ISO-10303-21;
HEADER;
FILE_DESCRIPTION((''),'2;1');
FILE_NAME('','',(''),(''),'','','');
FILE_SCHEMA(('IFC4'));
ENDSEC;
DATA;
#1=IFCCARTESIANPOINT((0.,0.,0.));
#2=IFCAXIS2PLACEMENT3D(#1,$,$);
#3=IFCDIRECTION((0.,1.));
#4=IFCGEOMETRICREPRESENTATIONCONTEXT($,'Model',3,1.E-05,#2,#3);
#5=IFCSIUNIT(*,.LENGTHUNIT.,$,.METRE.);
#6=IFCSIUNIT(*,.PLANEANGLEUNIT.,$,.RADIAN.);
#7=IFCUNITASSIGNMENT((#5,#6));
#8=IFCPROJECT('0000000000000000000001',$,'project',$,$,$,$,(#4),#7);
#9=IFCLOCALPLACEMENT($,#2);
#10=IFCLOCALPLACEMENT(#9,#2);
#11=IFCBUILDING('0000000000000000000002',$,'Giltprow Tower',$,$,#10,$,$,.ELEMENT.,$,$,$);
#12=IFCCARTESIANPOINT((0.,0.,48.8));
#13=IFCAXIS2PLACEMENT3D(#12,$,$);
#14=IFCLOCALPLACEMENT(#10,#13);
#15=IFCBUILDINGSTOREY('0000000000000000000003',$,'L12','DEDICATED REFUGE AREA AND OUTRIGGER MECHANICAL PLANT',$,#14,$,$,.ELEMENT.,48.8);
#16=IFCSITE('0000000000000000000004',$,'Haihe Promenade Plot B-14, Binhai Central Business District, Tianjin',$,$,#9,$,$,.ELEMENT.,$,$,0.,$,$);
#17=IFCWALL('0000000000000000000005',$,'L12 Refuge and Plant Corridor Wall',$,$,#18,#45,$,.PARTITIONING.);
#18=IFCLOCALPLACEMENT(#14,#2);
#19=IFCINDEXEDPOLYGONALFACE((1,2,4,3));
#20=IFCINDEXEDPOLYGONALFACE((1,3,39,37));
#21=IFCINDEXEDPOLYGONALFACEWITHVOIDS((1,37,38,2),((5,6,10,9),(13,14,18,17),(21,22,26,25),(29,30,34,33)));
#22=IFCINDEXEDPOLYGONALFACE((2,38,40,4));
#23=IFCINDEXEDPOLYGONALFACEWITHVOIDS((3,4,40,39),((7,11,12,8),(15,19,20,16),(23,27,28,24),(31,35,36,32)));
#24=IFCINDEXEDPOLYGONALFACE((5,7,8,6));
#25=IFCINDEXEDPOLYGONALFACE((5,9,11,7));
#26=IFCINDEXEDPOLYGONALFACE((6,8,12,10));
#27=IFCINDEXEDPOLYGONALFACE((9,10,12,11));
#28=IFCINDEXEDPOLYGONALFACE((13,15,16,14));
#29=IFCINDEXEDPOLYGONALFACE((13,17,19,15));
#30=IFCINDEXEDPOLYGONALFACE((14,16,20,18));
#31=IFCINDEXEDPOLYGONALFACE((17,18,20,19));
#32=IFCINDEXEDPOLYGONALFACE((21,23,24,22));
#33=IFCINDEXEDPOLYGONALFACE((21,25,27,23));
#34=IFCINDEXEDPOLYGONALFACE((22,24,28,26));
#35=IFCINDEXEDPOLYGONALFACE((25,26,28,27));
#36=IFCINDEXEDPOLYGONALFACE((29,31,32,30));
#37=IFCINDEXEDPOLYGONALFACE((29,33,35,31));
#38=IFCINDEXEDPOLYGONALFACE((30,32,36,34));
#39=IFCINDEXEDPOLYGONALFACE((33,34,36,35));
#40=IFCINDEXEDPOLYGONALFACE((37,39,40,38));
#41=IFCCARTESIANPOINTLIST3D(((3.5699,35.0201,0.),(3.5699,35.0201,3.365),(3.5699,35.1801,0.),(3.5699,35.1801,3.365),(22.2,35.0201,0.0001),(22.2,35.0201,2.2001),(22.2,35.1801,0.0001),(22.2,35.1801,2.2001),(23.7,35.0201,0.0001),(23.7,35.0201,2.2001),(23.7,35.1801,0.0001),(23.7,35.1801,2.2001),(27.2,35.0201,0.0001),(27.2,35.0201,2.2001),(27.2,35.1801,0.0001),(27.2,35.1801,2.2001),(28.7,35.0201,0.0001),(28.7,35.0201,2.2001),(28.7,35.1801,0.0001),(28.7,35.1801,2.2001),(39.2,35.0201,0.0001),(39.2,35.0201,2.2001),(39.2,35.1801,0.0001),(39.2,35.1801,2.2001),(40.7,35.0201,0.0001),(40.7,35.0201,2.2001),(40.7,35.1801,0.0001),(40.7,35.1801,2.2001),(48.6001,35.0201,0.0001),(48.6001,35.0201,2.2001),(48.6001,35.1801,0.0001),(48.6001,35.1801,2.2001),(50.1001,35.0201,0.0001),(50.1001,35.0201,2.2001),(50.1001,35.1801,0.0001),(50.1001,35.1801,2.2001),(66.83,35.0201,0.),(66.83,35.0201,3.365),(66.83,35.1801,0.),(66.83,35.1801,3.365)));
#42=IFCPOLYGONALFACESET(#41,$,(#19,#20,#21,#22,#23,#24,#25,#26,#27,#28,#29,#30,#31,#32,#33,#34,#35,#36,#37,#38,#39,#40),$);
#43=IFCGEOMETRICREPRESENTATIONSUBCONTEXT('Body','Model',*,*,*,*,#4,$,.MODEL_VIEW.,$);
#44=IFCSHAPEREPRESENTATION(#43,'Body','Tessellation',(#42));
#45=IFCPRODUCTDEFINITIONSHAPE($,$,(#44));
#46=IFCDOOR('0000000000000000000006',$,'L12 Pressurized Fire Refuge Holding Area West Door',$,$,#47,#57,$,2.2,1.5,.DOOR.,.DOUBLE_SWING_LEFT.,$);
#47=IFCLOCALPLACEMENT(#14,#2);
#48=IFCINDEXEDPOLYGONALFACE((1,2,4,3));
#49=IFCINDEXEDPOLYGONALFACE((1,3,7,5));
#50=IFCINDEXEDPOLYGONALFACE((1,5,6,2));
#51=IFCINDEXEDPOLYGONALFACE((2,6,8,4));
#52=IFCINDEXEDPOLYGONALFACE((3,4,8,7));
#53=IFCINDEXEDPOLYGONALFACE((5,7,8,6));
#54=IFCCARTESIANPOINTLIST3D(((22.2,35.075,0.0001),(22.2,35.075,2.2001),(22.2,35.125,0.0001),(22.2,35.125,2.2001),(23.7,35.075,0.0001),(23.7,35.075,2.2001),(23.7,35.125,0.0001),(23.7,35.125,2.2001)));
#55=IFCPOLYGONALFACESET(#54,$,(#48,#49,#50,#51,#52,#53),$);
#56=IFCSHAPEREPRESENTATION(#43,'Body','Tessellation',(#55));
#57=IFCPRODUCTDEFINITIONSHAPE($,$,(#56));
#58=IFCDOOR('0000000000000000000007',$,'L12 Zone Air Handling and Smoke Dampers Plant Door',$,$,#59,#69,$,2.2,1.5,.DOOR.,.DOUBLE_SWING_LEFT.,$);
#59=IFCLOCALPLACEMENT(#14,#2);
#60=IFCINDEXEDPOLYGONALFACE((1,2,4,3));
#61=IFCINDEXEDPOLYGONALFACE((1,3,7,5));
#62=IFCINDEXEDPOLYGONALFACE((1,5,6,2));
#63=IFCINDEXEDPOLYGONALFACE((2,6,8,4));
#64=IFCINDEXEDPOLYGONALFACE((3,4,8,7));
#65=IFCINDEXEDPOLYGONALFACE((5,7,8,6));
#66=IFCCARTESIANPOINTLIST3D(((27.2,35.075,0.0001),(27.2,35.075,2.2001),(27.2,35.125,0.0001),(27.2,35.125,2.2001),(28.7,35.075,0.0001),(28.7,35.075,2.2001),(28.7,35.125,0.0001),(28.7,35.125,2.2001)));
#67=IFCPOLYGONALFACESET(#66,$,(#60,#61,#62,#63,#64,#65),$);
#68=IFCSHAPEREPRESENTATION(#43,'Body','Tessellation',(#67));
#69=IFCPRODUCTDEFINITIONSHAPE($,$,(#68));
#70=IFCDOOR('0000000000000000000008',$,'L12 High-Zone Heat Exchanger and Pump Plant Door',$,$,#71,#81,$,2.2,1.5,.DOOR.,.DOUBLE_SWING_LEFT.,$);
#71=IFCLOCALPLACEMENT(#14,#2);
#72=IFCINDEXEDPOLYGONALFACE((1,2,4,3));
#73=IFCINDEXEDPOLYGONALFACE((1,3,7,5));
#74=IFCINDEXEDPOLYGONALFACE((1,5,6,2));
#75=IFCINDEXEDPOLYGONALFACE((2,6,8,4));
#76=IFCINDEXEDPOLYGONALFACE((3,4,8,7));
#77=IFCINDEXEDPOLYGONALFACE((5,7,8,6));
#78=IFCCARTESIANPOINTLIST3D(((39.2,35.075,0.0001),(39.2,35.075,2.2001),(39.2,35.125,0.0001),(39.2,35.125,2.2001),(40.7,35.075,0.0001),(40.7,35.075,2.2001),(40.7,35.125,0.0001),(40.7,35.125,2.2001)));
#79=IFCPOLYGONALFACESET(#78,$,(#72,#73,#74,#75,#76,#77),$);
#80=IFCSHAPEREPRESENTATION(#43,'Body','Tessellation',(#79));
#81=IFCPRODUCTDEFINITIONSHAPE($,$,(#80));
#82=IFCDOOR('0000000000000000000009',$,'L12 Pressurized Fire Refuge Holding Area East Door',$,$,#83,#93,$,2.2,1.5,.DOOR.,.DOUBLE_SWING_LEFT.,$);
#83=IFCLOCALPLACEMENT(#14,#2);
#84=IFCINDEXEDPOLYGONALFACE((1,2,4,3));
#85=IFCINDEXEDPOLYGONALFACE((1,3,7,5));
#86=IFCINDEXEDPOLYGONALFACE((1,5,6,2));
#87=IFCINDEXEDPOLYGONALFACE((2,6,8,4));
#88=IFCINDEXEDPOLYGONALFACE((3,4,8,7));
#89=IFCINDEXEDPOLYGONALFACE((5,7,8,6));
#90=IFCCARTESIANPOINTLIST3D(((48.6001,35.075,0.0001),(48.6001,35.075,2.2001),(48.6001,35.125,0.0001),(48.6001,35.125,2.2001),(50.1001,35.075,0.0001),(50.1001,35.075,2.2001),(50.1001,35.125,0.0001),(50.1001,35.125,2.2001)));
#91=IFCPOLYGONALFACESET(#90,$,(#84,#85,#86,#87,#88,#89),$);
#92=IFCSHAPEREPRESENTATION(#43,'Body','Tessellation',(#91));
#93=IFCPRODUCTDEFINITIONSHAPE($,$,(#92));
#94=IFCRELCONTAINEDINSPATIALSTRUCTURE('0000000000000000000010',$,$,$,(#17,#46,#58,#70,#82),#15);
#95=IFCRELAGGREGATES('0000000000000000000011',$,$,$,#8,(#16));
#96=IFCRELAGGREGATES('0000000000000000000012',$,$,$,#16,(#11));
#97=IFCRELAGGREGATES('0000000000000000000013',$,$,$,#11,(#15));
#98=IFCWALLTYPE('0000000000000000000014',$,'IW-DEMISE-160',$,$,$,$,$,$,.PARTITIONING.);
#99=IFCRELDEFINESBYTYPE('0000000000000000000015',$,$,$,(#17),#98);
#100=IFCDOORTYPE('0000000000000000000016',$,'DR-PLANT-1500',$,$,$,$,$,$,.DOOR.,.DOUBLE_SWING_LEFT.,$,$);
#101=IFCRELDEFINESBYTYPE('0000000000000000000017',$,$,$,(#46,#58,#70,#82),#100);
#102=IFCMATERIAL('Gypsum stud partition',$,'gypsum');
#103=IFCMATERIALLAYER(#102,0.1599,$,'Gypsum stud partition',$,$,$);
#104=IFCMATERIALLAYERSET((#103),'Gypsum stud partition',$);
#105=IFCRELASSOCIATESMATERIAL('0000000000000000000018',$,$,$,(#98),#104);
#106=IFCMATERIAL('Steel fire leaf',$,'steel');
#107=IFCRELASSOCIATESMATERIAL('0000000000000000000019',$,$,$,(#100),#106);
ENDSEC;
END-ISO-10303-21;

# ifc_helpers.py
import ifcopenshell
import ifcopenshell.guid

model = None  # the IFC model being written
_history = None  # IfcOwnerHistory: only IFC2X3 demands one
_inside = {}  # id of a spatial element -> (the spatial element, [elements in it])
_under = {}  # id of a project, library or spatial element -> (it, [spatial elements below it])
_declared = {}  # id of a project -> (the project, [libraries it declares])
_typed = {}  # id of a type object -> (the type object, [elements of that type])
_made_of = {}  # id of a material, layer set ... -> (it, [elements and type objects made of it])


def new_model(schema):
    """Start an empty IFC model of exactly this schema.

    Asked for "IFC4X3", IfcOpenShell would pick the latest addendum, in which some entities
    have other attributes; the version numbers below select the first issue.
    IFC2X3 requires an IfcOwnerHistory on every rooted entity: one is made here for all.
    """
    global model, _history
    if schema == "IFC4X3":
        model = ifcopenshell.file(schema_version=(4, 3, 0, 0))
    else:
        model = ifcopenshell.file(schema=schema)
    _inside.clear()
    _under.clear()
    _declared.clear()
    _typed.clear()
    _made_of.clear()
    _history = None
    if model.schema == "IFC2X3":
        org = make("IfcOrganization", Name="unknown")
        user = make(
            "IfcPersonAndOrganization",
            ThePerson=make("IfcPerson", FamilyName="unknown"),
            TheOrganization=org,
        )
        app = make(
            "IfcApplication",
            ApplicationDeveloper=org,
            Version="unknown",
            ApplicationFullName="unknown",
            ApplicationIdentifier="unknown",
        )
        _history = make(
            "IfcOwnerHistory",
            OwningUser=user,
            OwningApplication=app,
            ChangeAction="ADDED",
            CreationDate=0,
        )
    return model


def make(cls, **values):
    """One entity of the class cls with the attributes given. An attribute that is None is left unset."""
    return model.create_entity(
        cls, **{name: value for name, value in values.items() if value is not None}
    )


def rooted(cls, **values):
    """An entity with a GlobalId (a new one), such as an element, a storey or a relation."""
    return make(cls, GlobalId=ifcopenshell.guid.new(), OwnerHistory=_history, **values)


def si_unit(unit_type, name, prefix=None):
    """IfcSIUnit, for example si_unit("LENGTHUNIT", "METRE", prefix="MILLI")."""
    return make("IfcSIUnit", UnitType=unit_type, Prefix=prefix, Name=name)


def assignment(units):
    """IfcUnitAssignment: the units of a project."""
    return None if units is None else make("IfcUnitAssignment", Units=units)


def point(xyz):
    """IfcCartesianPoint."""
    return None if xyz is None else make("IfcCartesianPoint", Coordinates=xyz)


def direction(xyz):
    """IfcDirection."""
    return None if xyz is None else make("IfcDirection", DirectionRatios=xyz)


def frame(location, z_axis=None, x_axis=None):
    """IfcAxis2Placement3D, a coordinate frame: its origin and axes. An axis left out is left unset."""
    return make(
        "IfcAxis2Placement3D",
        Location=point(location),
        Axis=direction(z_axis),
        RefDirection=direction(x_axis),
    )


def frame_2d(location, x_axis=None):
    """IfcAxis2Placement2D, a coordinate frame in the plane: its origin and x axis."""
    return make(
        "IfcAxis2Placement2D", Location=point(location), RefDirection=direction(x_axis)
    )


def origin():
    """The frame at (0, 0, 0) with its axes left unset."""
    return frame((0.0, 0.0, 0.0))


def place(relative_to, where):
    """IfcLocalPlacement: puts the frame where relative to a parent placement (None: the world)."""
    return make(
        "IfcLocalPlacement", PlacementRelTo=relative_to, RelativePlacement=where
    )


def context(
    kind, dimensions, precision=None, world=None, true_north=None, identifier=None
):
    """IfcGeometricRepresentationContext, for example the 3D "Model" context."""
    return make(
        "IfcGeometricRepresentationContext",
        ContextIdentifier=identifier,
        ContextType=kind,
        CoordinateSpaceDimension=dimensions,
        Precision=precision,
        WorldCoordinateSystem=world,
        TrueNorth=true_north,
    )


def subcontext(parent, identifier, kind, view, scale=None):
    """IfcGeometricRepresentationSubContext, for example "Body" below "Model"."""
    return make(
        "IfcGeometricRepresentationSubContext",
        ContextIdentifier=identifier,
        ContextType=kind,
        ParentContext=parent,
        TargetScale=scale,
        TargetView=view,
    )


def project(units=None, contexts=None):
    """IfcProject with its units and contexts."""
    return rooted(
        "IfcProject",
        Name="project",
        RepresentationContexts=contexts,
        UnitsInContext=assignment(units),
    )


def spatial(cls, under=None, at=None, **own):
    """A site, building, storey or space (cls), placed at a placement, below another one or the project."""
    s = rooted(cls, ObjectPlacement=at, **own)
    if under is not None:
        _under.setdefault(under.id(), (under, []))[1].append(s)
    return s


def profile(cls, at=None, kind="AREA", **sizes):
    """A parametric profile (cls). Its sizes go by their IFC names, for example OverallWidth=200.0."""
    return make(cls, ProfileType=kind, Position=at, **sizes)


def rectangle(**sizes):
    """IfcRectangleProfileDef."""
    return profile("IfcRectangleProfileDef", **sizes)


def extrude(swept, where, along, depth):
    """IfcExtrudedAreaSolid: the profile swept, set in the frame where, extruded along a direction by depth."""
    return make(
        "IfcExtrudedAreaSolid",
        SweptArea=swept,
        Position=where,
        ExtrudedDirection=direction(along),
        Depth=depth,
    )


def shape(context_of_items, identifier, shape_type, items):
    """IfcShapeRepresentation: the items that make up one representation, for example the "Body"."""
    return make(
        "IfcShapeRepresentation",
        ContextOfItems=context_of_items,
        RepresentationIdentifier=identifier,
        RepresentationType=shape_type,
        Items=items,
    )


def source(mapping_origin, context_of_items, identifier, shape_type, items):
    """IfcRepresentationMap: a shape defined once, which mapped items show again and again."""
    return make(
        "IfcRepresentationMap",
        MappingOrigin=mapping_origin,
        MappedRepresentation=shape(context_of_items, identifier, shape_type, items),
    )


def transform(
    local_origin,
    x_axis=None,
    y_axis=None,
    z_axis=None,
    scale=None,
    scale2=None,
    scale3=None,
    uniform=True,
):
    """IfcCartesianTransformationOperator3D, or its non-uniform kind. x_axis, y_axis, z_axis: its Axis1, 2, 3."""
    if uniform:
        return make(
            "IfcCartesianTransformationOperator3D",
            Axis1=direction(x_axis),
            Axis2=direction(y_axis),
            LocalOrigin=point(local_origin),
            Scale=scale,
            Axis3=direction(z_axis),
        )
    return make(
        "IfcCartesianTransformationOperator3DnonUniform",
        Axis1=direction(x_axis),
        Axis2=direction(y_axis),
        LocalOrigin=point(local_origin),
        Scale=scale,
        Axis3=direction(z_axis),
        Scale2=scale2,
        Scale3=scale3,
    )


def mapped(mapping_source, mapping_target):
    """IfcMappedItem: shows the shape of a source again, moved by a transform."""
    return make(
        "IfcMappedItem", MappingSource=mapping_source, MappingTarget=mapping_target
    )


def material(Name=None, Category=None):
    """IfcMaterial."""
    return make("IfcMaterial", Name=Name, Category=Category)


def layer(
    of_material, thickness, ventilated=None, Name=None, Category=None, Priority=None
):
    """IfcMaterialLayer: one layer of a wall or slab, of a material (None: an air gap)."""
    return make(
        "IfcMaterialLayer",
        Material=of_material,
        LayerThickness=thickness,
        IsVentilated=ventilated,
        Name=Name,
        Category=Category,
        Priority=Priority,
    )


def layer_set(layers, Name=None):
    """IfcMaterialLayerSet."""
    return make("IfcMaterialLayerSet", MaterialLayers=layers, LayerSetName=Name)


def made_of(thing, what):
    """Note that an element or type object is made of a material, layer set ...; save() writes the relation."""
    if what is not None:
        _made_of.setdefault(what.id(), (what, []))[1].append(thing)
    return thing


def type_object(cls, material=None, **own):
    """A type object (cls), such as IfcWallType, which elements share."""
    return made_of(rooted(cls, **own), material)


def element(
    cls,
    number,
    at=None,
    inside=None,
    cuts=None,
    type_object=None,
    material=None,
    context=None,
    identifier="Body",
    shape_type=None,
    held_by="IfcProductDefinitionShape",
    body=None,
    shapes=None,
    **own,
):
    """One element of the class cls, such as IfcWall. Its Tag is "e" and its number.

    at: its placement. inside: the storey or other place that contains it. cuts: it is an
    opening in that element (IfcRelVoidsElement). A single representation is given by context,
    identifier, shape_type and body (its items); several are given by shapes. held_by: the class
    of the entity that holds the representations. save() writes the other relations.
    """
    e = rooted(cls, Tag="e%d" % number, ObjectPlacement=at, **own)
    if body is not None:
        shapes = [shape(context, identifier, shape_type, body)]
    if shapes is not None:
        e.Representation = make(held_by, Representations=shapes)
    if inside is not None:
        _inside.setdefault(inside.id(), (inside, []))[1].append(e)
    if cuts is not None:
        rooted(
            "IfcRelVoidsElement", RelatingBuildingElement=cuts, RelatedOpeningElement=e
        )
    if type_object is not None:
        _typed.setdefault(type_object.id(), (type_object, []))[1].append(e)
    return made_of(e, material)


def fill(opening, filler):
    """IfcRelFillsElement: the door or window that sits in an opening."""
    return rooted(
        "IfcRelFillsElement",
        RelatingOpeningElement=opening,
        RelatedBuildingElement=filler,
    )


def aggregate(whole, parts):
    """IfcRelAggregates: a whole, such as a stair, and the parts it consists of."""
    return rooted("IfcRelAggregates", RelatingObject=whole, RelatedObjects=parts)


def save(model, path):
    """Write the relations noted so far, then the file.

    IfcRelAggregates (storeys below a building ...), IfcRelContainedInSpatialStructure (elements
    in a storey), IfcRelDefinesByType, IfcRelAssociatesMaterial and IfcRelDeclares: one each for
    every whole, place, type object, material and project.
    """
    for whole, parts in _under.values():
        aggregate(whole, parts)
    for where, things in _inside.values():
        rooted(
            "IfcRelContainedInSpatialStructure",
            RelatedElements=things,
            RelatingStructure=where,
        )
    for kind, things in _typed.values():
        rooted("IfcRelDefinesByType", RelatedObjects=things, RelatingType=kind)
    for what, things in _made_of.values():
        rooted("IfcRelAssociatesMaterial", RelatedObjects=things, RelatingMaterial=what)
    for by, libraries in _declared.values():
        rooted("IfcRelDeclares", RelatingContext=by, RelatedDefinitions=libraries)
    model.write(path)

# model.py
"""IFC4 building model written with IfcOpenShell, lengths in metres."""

from ifc_helpers import new_model, si_unit, direction, frame, frame_2d, origin, place, context, subcontext, project, spatial, rectangle, extrude, source, transform, mapped, material, layer, layer_set, type_object, element, fill, save


model = new_model("IFC4")

# Units and contexts
model_context = context("Model", 3, precision=1e-05, world=origin(), true_north=direction((0.0, 1.0)))
body_context = subcontext(model_context, "Body", "Model", "MODEL_VIEW")
ifc_project = project(units=[si_unit("LENGTHUNIT", "METRE"), si_unit("PLANEANGLEUNIT", "RADIAN")], contexts=[model_context])

# Site, building, storey
site_placement = place(None, origin())
site = spatial("IfcSite", under=ifc_project, at=site_placement, Name="Haihe Promenade Plot B-14, Binhai Central Business District, Tianjin", CompositionType="ELEMENT", RefElevation=0.0)
building_placement = place(site_placement, origin())
building = spatial("IfcBuilding", under=site, at=building_placement, Name="Giltprow Tower", CompositionType="ELEMENT")
storey_placement = place(building_placement, frame((0.0, 0.0, 48.8)))
storey = spatial("IfcBuildingStorey", under=building, at=storey_placement, Name="L12", Description="DEDICATED REFUGE AREA AND OUTRIGGER MECHANICAL PLANT", CompositionType="ELEMENT", Elevation=48.8)

# Wall, openings, doors
ifc_material_1 = material(Name="Gypsum stud partition", Category="gypsum")
ifc_layer_1 = layer(ifc_material_1, 0.1599, Name="Gypsum stud partition")
ifc_layer_set_1 = layer_set([ifc_layer_1], Name="Gypsum stud partition")
wall_type_1 = type_object("IfcWallType", Name="IW-DEMISE-160", PredefinedType="PARTITIONING", material=ifc_layer_set_1)
wall_1_placement = place(storey_placement, frame((3.5701, 35.1001, 0.0), z_axis=(0.0, 0.0, 1.0), x_axis=(1.0, 0.0, 0.0)))
wall_1 = element("IfcWall", 1, at=wall_1_placement, inside=storey, type_object=wall_type_1, Name="L12 Refuge and Plant Corridor Wall", PredefinedType="PARTITIONING", context=body_context, shape_type="SweptSolid", body=[
    extrude(rectangle(XDim=63.26, YDim=0.1599, at=frame_2d((31.6299, 0.0))), origin(), (0.0, 0.0, 1.0), 3.365),
])
opening_1_placement = place(wall_1_placement, frame((18.6299, 0.0, 0.0)))
opening_1 = element("IfcOpeningElement", 2, at=opening_1_placement, cuts=wall_1, PredefinedType="OPENING", context=body_context, shape_type="SweptSolid", body=[
    extrude(rectangle(XDim=1.5, YDim=2.2, at=frame_2d((0.75, 1.1001))), frame((0.0, 0.0898, 0.0), z_axis=(0.0, -1.0, 0.0), x_axis=(1.0, 0.0, 0.0)), (0.0, 0.0, 1.0), 0.1799),
])
opening_2_placement = place(wall_1_placement, frame((23.6299, 0.0, 0.0)))
opening_2 = element("IfcOpeningElement", 3, at=opening_2_placement, cuts=wall_1, PredefinedType="OPENING", context=body_context, shape_type="SweptSolid", body=[
    extrude(rectangle(XDim=1.5, YDim=2.2, at=frame_2d((0.75, 1.1001))), frame((0.0, 0.0898, 0.0), z_axis=(0.0, -1.0, 0.0), x_axis=(1.0, 0.0, 0.0)), (0.0, 0.0, 1.0), 0.1799),
])
opening_3_placement = place(wall_1_placement, frame((35.6299, 0.0, 0.0)))
opening_3 = element("IfcOpeningElement", 4, at=opening_3_placement, cuts=wall_1, PredefinedType="OPENING", context=body_context, shape_type="SweptSolid", body=[
    extrude(rectangle(XDim=1.5, YDim=2.2, at=frame_2d((0.75, 1.1001))), frame((0.0, 0.0898, 0.0), z_axis=(0.0, -1.0, 0.0), x_axis=(1.0, 0.0, 0.0)), (0.0, 0.0, 1.0), 0.1799),
])
opening_4_placement = place(wall_1_placement, frame((45.03, 0.0, 0.0)))
opening_4 = element("IfcOpeningElement", 5, at=opening_4_placement, cuts=wall_1, PredefinedType="OPENING", context=body_context, shape_type="SweptSolid", body=[
    extrude(rectangle(XDim=1.5, YDim=2.2, at=frame_2d((0.75, 1.1001))), frame((0.0, 0.0898, 0.0), z_axis=(0.0, -1.0, 0.0), x_axis=(1.0, 0.0, 0.0)), (0.0, 0.0, 1.0), 0.1799),
])
ifc_material_2 = material(Name="Steel fire leaf", Category="steel")
door_type_1 = type_object("IfcDoorType", Name="DR-PLANT-1500", OperationType="DOUBLE_SWING_LEFT", PredefinedType="DOOR", material=ifc_material_2)
shared_shape_1 = source(origin(), body_context, "Body", "SweptSolid", [
    extrude(rectangle(XDim=1.5, YDim=2.2, at=frame_2d((0.75, 1.1001))), frame((0.0, 0.0249, 0.0), z_axis=(0.0, -1.0, 0.0), x_axis=(1.0, 0.0, 0.0)), (0.0, 0.0, 1.0), 0.05),
])
door_1_placement = place(opening_1_placement, origin())
door_1 = element("IfcDoor", 6, at=door_1_placement, inside=storey, type_object=door_type_1, Name="L12 Pressurized Fire Refuge Holding Area West Door", OperationType="DOUBLE_SWING_LEFT", OverallHeight=2.2, OverallWidth=1.5, PredefinedType="DOOR", context=body_context, shape_type="MappedRepresentation", body=[
    mapped(shared_shape_1, transform((0.0, 0.0, 0.0), x_axis=(1.0, 0.0, 0.0), y_axis=(0.0, 1.0, 0.0), z_axis=(0.0, 0.0, 1.0), scale=1.0)),
])
fill(opening_1, door_1)
door_2_placement = place(opening_2_placement, origin())
door_2 = element("IfcDoor", 7, at=door_2_placement, inside=storey, type_object=door_type_1, Name="L12 Zone Air Handling and Smoke Dampers Plant Door", OperationType="DOUBLE_SWING_LEFT", OverallHeight=2.2, OverallWidth=1.5, PredefinedType="DOOR", context=body_context, shape_type="MappedRepresentation", body=[
    mapped(shared_shape_1, transform((0.0, 0.0, 0.0), x_axis=(1.0, 0.0, 0.0), y_axis=(0.0, 1.0, 0.0), z_axis=(0.0, 0.0, 1.0), scale=1.0)),
])
fill(opening_2, door_2)
door_3_placement = place(opening_3_placement, origin())
door_3 = element("IfcDoor", 8, at=door_3_placement, inside=storey, type_object=door_type_1, Name="L12 High-Zone Heat Exchanger and Pump Plant Door", OperationType="DOUBLE_SWING_LEFT", OverallHeight=2.2, OverallWidth=1.5, PredefinedType="DOOR", context=body_context, shape_type="MappedRepresentation", body=[
    mapped(shared_shape_1, transform((0.0, 0.0, 0.0), x_axis=(1.0, 0.0, 0.0), y_axis=(0.0, 1.0, 0.0), z_axis=(0.0, 0.0, 1.0), scale=1.0)),
])
fill(opening_3, door_3)
door_4_placement = place(opening_4_placement, origin())
door_4 = element("IfcDoor", 9, at=door_4_placement, inside=storey, type_object=door_type_1, Name="L12 Pressurized Fire Refuge Holding Area East Door", OperationType="DOUBLE_SWING_LEFT", OverallHeight=2.2, OverallWidth=1.5, PredefinedType="DOOR", context=body_context, shape_type="MappedRepresentation", body=[
    mapped(shared_shape_1, transform((0.0, 0.0, 0.0), x_axis=(1.0, 0.0, 0.0), y_axis=(0.0, 1.0, 0.0), z_axis=(0.0, 0.0, 1.0), scale=1.0)),
])
fill(opening_4, door_4)

save(model, "model.ifc")
